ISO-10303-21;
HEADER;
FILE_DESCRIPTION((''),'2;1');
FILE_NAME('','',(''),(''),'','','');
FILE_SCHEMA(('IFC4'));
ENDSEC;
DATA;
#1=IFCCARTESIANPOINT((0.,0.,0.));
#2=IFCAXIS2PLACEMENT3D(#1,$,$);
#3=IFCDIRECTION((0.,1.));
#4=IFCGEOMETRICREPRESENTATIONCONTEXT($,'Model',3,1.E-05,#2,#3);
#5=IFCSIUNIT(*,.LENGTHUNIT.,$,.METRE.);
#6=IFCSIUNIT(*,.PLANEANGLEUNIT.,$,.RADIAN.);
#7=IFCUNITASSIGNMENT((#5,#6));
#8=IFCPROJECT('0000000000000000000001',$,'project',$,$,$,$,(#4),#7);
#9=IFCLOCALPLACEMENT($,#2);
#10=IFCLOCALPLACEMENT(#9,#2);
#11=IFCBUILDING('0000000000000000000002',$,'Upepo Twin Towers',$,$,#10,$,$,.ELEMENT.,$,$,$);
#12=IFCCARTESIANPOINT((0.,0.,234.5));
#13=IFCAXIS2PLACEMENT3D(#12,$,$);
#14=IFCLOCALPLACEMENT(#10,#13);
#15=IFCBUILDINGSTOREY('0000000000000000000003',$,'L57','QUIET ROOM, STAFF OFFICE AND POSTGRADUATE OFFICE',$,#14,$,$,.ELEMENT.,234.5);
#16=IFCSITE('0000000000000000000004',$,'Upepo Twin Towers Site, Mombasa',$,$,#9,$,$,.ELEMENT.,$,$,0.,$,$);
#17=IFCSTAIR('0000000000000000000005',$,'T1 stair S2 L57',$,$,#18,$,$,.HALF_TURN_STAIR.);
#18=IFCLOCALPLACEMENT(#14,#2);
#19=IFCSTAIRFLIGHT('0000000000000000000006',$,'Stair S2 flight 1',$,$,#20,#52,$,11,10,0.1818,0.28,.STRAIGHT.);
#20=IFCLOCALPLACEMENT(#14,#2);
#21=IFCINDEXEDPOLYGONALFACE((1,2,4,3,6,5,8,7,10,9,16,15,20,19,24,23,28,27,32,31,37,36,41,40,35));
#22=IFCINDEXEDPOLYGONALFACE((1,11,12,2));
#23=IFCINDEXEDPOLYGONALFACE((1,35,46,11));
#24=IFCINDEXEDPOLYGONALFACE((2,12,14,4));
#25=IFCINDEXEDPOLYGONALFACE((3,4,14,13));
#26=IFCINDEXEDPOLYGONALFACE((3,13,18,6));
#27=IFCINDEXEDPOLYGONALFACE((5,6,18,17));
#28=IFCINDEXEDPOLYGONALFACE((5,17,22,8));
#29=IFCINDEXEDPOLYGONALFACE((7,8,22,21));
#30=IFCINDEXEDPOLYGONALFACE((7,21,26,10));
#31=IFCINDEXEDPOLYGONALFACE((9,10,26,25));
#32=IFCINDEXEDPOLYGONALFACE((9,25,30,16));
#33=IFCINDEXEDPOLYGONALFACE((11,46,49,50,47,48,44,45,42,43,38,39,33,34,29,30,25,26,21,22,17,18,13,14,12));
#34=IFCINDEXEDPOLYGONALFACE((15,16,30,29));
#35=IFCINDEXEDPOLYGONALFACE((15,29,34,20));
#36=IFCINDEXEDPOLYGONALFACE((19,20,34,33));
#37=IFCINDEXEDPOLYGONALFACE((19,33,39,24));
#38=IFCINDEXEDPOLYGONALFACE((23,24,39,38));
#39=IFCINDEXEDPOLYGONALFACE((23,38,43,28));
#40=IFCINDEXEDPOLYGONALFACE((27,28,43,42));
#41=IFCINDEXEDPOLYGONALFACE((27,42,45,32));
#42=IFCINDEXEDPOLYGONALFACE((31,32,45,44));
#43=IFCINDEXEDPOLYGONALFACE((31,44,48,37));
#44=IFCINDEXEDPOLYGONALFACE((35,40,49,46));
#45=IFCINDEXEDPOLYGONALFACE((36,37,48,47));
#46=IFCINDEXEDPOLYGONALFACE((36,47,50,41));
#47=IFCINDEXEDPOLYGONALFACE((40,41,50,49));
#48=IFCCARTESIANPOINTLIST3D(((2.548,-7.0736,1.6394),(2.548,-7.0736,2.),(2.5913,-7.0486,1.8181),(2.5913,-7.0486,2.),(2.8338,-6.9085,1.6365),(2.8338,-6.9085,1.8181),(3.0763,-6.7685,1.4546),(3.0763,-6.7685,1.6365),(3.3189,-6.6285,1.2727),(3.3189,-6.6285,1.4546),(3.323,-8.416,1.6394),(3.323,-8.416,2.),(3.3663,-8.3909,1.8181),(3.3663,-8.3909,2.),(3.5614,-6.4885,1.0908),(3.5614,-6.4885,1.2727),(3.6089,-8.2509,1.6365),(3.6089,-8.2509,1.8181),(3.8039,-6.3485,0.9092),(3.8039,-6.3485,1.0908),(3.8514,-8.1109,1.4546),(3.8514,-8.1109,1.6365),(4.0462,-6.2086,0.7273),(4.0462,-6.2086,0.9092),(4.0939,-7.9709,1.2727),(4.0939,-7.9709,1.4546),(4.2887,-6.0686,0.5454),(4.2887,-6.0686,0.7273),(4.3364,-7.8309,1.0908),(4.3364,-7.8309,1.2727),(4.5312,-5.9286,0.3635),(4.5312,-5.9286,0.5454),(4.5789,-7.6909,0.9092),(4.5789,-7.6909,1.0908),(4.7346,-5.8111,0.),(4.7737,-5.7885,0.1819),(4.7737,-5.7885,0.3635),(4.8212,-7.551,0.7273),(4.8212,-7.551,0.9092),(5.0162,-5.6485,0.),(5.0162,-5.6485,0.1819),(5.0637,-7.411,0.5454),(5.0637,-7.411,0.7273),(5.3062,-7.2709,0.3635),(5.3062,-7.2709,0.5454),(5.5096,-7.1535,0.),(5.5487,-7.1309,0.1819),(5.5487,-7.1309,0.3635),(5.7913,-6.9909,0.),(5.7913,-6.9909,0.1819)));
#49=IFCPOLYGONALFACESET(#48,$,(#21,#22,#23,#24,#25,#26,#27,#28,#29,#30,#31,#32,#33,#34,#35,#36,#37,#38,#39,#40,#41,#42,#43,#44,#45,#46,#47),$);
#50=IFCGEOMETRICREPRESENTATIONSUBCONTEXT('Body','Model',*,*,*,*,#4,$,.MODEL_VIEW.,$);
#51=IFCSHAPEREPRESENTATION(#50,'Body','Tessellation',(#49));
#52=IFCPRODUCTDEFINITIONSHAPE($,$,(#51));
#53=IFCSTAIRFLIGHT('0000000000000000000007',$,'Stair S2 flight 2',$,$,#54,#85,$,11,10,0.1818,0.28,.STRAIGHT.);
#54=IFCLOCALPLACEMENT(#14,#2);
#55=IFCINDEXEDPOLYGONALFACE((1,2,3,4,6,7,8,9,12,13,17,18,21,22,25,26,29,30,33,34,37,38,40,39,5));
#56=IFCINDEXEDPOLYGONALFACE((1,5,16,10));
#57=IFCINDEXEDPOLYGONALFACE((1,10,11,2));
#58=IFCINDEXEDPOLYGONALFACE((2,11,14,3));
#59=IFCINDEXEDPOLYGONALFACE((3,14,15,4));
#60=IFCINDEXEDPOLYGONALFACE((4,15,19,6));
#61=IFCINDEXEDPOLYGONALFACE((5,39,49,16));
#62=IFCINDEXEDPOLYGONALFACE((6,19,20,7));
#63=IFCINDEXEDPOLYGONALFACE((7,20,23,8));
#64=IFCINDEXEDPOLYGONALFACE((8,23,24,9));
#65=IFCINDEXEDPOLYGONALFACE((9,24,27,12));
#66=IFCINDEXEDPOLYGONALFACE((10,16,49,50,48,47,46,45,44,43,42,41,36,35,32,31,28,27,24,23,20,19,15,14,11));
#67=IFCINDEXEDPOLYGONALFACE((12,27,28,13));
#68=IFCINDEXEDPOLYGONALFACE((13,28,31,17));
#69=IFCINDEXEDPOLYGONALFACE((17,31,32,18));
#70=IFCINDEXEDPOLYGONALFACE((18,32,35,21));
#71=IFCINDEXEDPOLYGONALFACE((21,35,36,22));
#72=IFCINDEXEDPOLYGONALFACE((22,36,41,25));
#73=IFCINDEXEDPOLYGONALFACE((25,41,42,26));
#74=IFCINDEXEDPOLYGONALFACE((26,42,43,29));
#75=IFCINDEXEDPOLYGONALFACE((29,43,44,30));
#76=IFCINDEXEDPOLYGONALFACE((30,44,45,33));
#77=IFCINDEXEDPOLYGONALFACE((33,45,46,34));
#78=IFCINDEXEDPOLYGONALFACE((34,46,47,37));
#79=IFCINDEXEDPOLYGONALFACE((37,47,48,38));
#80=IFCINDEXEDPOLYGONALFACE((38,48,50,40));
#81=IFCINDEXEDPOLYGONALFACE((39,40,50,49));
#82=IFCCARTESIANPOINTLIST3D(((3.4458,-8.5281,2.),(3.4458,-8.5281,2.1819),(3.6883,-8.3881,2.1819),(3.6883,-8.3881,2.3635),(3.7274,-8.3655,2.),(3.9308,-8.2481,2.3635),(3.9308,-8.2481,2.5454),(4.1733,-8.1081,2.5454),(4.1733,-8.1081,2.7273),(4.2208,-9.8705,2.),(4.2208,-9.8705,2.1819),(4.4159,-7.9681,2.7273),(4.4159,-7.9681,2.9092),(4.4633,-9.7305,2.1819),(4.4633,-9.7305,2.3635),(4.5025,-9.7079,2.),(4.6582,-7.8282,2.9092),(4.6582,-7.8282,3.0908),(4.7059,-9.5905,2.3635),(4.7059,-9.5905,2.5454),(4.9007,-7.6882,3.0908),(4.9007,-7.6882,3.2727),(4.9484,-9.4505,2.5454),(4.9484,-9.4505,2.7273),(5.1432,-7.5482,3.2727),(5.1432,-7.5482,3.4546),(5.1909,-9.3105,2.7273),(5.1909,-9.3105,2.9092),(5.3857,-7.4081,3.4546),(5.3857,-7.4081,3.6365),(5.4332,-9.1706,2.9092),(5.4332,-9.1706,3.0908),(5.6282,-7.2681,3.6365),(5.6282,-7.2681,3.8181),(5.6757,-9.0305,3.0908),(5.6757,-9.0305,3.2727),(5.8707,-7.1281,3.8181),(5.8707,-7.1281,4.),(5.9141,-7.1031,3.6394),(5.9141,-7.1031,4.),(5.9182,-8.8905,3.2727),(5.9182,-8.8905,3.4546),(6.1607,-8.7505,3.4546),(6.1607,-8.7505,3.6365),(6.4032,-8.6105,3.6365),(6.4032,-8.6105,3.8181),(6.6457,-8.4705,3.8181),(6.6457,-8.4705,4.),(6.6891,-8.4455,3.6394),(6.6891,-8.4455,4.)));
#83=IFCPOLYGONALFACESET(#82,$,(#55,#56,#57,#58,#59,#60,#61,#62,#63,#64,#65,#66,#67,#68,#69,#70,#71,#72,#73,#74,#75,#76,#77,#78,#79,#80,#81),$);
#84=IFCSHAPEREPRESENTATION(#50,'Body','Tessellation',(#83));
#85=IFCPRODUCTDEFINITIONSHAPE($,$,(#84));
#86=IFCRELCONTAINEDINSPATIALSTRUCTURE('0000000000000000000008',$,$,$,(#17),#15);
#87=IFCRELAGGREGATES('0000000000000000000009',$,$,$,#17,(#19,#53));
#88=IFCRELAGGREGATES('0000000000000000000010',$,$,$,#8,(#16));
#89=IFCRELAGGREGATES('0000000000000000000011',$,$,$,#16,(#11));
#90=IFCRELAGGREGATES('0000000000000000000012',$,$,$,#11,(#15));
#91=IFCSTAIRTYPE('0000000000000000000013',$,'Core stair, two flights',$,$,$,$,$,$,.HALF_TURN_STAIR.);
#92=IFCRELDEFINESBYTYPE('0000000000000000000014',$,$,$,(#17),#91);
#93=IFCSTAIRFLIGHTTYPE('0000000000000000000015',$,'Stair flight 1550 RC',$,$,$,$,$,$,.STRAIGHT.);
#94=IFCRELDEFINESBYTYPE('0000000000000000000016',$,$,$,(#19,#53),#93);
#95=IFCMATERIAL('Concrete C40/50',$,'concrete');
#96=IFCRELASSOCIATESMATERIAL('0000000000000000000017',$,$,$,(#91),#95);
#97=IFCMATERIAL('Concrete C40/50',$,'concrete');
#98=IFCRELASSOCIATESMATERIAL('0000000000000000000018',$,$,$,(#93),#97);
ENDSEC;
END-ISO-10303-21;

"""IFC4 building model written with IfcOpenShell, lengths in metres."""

from ifc_helpers import new_model, si_unit, direction, frame, origin, place, context, subcontext, project, spatial, polyline, outline, extrude, material, type_object, element, aggregate, save


model = new_model("IFC4")

# Units and contexts
model_context = context("Model", 3, precision=1e-05, world=origin(), true_north=direction((0.0, 1.0)))
body_context = subcontext(model_context, "Body", "Model", "MODEL_VIEW")
ifc_project = project(units=[si_unit("LENGTHUNIT", "METRE"), si_unit("PLANEANGLEUNIT", "RADIAN")], contexts=[model_context])

# Site, building, storey
site_placement = place(None, origin())
site = spatial("IfcSite", under=ifc_project, at=site_placement, Name="Upepo Twin Towers Site, Mombasa", CompositionType="ELEMENT", RefElevation=0.0)
building_placement = place(site_placement, origin())
building = spatial("IfcBuilding", under=site, at=building_placement, Name="Upepo Twin Towers", CompositionType="ELEMENT")
storey_placement = place(building_placement, frame((0.0, 0.0, 234.5)))
storey = spatial("IfcBuildingStorey", under=building, at=storey_placement, Name="L57", Description="QUIET ROOM, STAFF OFFICE AND POSTGRADUATE OFFICE", CompositionType="ELEMENT", Elevation=234.5)

# Stair
ifc_material_1 = material(Name="Concrete C40/50", Category="concrete")
stair_type = type_object("IfcStairType", Name="Core stair, two flights", PredefinedType="HALF_TURN_STAIR", material=ifc_material_1)
stair_1_placement = place(storey_placement, origin())
stair_1 = element("IfcStair", 1, at=stair_1_placement, inside=storey, type_object=stair_type, Name="T1 stair S2 L57", PredefinedType="HALF_TURN_STAIR")

# Stair flights
ifc_material_2 = material(Name="Concrete C40/50", Category="concrete")
stair_flight_type = type_object("IfcStairFlightType", Name="Stair flight 1550 RC", PredefinedType="STRAIGHT", material=ifc_material_2)
stair_flight_1_placement = place(storey_placement, frame((5.4038, -6.3198, 0.0), z_axis=(0.0, 0.0, 1.0), x_axis=(-0.866025, -0.5, 0.0)))
stair_flight_1 = element("IfcStairFlight", 2, at=stair_flight_1_placement, type_object=stair_flight_type, Name="Stair S2 flight 1", NumberOfRisers=11, NumberOfTreads=10, PredefinedType="STRAIGHT", RiserHeight=0.1818, TreadLength=0.28, context=body_context, shape_type="SweptSolid", body=[
    extrude(outline(polyline([(0.0, 0.0), (0.0, 0.1819), (0.28, 0.1819), (0.28, 0.3635), (0.5601, 0.3635), (0.5601, 0.5454), (0.8401, 0.5454), (0.8401, 0.7273), (1.1201, 0.7273), (1.1201, 0.9092), (1.3999, 0.9092), (1.3999, 1.0908), (1.6799, 1.0908), (1.6799, 1.2727), (1.96, 1.2727), (1.96, 1.4546), (2.24, 1.4546), (2.24, 1.6365), (2.52, 1.6365), (2.52, 1.8181), (2.8, 1.8181), (2.8, 2.0), (2.8501, 2.0), (2.8501, 1.6394), (0.3252, 0.0), (0.0, 0.0)])), frame((0.0, 0.7749, 0.0), z_axis=(0.0, -1.0, 0.0), x_axis=(1.0, 0.0, 0.0)), (0.0, 0.0, 1.0), 1.55),
])
stair_flight_2_placement = place(storey_placement, frame((3.8333, -9.1992, 2.0), z_axis=(0.0, 0.0, 1.0), x_axis=(0.866025, 0.5, 0.0)))
stair_flight_2 = element("IfcStairFlight", 3, at=stair_flight_2_placement, type_object=stair_flight_type, Name="Stair S2 flight 2", NumberOfRisers=11, NumberOfTreads=10, PredefinedType="STRAIGHT", RiserHeight=0.1818, TreadLength=0.28, context=body_context, shape_type="SweptSolid", body=[
    extrude(outline(polyline([(0.0, 0.0), (0.0, 0.1819), (0.28, 0.1819), (0.28, 0.3635), (0.5601, 0.3635), (0.5601, 0.5454), (0.8401, 0.5454), (0.8401, 0.7273), (1.1201, 0.7273), (1.1201, 0.9092), (1.3999, 0.9092), (1.3999, 1.0908), (1.6799, 1.0908), (1.6799, 1.2727), (1.96, 1.2727), (1.96, 1.4546), (2.24, 1.4546), (2.24, 1.6365), (2.52, 1.6365), (2.52, 1.8181), (2.8, 1.8181), (2.8, 2.0), (2.8501, 2.0), (2.8501, 1.6394), (0.3252, 0.0), (0.0, 0.0)])), frame((0.0, 0.7749, 0.0), z_axis=(0.0, -1.0, 0.0), x_axis=(1.0, 0.0, 0.0)), (0.0, 0.0, 1.0), 1.55),
])
aggregate(stair_1, [stair_flight_1, stair_flight_2])

save(model, "model.ifc")
